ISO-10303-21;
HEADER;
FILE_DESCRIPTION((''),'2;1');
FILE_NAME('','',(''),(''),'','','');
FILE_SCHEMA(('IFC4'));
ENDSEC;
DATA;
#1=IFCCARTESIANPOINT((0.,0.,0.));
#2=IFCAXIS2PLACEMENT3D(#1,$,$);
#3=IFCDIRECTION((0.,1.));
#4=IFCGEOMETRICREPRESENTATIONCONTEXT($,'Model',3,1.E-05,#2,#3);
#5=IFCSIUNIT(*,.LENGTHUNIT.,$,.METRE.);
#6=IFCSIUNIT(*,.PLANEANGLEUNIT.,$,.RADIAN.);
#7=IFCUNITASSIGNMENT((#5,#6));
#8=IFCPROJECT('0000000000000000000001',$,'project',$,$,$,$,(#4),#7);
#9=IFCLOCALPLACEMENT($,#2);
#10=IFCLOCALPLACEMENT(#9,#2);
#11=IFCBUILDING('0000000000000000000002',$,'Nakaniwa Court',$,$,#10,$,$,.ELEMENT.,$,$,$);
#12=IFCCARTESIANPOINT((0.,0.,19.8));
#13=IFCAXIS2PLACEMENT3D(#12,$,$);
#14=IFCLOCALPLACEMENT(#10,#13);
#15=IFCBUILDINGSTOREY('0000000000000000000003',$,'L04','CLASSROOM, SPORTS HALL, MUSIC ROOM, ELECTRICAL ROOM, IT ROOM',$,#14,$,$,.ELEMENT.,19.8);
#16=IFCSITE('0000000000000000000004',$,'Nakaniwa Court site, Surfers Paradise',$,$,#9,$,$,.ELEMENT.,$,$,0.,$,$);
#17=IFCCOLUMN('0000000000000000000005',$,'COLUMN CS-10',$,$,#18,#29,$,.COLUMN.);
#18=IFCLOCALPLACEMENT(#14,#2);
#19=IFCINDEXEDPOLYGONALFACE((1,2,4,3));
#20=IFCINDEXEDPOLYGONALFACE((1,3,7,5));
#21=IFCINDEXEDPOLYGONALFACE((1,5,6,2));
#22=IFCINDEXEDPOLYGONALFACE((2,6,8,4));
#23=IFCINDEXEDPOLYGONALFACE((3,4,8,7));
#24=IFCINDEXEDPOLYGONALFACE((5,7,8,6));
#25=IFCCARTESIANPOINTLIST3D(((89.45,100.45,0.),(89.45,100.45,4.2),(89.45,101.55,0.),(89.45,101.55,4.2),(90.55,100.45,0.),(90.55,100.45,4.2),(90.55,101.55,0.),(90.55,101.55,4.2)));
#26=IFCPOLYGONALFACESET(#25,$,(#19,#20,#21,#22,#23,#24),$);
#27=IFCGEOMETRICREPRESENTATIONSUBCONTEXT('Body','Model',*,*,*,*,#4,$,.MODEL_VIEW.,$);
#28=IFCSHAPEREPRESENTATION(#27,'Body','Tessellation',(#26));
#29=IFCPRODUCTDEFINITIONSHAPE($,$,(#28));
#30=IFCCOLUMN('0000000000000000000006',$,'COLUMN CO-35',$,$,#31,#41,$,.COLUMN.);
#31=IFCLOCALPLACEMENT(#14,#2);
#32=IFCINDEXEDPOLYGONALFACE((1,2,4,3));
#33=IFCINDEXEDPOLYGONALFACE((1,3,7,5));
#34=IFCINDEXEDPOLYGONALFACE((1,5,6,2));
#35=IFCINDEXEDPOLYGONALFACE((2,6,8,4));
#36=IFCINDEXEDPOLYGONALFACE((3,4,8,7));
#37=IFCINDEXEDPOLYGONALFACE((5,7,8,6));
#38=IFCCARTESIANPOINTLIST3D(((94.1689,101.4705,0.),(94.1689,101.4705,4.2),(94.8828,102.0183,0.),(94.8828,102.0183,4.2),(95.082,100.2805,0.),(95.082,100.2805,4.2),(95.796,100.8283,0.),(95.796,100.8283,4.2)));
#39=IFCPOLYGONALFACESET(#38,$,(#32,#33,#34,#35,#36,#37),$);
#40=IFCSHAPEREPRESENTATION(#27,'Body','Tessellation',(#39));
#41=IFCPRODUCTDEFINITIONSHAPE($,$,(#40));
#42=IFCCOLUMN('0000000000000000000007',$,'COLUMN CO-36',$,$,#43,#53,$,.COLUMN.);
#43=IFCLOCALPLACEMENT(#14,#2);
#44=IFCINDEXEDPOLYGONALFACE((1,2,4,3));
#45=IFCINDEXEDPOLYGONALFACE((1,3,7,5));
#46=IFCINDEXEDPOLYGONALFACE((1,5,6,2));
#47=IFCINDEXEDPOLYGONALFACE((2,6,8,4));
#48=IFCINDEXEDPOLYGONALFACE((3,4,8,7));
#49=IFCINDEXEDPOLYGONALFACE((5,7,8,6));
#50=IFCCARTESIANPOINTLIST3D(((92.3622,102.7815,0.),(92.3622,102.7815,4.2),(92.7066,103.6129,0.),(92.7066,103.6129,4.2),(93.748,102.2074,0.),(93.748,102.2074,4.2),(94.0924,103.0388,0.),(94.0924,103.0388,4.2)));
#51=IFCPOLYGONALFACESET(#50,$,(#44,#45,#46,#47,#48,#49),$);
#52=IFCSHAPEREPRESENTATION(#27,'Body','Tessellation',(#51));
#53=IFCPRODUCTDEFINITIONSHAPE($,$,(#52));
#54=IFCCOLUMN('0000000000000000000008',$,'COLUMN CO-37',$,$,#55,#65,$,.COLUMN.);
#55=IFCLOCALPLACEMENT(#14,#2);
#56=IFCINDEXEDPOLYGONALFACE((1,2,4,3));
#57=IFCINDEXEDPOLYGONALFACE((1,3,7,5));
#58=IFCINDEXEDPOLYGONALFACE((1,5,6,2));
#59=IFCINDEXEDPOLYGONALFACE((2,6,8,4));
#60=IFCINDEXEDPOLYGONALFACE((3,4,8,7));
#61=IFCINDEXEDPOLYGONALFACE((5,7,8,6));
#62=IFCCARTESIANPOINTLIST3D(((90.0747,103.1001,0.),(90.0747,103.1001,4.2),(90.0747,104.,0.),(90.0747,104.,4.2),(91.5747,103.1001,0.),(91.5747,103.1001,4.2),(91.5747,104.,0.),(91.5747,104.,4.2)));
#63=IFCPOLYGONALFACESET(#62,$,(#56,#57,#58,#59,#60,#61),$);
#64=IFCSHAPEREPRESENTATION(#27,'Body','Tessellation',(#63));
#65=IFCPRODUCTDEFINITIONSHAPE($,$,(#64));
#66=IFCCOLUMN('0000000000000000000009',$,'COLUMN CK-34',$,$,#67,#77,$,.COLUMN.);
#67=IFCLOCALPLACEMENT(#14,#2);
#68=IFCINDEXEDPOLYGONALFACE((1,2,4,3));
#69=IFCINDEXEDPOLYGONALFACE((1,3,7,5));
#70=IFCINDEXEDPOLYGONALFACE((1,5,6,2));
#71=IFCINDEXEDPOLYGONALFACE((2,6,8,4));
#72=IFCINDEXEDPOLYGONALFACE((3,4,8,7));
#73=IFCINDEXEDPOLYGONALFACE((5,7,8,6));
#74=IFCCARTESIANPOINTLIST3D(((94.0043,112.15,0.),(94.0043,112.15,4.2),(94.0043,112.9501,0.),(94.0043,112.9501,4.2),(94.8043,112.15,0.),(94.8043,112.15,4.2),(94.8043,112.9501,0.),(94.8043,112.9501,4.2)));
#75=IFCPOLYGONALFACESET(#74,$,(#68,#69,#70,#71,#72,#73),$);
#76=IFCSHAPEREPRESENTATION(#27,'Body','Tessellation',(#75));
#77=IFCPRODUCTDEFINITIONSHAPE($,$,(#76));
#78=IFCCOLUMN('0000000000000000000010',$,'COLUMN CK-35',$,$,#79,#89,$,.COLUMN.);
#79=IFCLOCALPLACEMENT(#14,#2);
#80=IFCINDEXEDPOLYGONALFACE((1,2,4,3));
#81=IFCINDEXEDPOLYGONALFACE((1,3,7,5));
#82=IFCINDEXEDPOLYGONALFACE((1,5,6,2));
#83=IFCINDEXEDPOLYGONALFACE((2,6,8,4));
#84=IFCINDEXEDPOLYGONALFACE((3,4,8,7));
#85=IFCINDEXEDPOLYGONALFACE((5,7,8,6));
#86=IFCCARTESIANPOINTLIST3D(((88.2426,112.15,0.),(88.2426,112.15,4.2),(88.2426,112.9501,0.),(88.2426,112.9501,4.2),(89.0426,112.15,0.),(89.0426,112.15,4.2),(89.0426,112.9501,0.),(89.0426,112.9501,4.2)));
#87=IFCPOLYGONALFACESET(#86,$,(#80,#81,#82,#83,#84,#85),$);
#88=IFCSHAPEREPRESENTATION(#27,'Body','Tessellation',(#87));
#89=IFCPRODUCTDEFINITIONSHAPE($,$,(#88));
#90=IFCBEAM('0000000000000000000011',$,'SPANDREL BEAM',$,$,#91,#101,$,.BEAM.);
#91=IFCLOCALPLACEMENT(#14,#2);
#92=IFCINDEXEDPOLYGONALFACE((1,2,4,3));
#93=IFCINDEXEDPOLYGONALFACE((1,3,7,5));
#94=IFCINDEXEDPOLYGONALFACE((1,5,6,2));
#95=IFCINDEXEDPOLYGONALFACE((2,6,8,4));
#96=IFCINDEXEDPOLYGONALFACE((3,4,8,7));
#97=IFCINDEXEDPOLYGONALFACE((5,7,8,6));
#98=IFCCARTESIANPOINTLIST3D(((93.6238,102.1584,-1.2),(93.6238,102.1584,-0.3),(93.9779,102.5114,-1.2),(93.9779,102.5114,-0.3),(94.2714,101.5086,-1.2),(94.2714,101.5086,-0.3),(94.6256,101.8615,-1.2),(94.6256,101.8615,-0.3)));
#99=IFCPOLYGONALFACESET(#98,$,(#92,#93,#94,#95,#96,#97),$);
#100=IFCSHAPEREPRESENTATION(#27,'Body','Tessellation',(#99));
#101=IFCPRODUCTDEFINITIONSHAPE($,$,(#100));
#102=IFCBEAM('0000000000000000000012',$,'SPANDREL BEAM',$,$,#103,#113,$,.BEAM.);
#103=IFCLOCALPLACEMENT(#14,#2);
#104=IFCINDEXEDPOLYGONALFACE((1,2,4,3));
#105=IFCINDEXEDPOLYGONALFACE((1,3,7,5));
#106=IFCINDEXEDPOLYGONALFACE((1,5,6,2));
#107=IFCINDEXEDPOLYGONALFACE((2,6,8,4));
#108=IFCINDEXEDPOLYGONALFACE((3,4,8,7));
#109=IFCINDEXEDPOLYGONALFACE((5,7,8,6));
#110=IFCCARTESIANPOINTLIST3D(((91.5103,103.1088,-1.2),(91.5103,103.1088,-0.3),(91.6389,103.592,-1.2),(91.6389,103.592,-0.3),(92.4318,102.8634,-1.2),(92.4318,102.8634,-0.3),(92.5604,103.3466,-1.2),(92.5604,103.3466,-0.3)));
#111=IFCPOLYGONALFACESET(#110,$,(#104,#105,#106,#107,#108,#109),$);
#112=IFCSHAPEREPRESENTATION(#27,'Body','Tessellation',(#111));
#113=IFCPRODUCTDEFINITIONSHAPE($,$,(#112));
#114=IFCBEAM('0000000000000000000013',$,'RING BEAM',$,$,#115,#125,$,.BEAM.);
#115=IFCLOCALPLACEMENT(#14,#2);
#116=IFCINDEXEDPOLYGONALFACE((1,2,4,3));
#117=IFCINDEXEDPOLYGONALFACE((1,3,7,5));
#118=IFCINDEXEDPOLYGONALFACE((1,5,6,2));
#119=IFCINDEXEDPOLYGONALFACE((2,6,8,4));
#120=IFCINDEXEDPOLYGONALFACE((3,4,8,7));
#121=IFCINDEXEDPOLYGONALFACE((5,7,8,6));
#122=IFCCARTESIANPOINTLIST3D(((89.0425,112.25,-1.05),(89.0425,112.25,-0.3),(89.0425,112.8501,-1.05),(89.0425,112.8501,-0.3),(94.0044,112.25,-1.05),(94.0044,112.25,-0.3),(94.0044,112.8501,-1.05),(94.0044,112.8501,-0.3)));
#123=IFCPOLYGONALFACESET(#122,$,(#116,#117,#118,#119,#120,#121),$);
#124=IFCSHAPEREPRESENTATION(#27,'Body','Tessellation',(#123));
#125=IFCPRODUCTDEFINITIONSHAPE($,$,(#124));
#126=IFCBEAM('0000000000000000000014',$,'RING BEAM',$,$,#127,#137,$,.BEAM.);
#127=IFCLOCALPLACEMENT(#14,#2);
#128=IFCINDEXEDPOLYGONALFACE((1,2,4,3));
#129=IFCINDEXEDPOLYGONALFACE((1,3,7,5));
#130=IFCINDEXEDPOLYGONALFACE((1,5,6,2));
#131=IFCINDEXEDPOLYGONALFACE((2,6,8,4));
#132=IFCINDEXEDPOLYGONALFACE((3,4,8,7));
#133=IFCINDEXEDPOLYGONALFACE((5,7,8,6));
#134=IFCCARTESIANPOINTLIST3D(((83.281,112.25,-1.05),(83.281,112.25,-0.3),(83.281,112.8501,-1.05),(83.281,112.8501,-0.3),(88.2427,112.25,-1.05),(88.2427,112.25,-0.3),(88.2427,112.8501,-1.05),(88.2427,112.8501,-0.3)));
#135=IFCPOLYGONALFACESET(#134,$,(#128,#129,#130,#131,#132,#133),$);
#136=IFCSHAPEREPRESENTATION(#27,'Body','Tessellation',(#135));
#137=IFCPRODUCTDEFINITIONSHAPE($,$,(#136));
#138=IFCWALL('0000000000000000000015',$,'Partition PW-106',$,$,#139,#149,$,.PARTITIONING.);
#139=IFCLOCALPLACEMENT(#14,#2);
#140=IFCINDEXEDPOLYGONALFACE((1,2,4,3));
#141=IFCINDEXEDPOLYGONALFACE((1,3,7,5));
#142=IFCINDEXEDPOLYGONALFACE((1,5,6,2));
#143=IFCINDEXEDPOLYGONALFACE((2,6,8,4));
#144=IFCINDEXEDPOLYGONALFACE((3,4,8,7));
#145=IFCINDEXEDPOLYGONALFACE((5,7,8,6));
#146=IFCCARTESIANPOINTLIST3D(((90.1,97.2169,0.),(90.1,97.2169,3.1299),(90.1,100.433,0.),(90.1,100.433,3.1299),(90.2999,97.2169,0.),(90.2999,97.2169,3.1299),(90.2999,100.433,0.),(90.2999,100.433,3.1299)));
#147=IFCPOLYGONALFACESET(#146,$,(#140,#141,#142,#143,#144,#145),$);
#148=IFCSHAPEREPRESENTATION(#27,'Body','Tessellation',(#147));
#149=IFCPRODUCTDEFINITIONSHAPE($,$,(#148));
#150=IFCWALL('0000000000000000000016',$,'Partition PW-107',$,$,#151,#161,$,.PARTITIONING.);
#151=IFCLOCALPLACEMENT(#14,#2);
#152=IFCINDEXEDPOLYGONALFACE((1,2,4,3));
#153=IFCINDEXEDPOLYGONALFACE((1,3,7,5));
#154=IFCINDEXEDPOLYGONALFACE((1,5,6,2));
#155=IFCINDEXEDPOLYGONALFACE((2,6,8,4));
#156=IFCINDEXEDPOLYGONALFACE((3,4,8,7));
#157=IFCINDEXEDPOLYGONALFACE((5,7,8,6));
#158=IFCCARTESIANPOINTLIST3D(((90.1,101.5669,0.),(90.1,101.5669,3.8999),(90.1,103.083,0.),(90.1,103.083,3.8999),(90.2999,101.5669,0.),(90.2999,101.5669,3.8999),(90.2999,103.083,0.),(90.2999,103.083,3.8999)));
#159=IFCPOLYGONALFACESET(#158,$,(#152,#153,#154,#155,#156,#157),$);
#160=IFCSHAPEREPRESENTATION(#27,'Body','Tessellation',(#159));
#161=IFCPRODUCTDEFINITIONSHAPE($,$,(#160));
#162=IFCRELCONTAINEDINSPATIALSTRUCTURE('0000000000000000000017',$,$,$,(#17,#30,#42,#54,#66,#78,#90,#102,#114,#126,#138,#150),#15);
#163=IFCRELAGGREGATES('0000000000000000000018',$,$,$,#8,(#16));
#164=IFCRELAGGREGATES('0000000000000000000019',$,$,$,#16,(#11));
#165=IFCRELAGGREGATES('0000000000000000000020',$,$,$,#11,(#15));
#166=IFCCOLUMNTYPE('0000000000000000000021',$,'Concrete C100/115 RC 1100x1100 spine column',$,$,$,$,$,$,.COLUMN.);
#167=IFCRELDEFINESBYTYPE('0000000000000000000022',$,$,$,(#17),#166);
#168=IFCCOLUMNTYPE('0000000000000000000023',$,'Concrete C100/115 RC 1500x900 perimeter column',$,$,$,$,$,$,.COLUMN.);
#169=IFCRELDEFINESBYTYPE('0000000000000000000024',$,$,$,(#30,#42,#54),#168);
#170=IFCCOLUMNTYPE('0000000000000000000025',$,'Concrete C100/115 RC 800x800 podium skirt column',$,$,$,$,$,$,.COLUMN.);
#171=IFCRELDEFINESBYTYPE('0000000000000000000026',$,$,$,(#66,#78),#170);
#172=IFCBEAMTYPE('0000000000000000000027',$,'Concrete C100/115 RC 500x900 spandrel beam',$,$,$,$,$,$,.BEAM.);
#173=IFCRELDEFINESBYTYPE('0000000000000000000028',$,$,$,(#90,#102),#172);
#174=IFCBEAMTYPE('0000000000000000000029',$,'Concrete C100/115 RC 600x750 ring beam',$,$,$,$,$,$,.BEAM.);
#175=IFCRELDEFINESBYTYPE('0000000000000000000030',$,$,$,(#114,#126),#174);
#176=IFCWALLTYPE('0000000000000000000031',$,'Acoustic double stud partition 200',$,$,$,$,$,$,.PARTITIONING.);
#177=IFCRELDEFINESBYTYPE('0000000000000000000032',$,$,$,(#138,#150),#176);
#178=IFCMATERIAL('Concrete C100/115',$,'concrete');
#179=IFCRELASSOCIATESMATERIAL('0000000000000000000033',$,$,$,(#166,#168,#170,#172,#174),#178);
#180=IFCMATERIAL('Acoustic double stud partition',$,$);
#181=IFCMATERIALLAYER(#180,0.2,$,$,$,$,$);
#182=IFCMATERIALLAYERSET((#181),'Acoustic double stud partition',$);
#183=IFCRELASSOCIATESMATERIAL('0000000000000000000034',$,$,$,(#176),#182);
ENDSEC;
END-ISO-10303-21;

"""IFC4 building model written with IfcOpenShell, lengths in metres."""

from ifc_helpers import new_model, si_unit, direction, frame, frame_2d, origin, origin_2d, place, context, subcontext, project, spatial, rectangle, extrude, material, layer, layer_set, material_profile, profile_set, type_object, element, save


model = new_model("IFC4")

# Units and contexts
model_context = context("Model", 3, precision=1e-05, world=origin(), true_north=direction((0.0, 1.0)))
body_context = subcontext(model_context, "Body", "Model", "MODEL_VIEW")
ifc_project = project(units=[si_unit("LENGTHUNIT", "METRE"), si_unit("PLANEANGLEUNIT", "RADIAN")], contexts=[model_context])

# Site, building, storey
site_placement = place(None, origin())
site = spatial("IfcSite", under=ifc_project, at=site_placement, Name="Nakaniwa Court site, Surfers Paradise", CompositionType="ELEMENT", RefElevation=0.0)
building_placement = place(site_placement, origin())
building = spatial("IfcBuilding", under=site, at=building_placement, Name="Nakaniwa Court", CompositionType="ELEMENT")
storey_placement = place(building_placement, frame((0.0, 0.0, 19.8)))
storey = spatial("IfcBuildingStorey", under=building, at=storey_placement, Name="L04", Description="CLASSROOM, SPORTS HALL, MUSIC ROOM, ELECTRICAL ROOM, IT ROOM", CompositionType="ELEMENT", Elevation=19.8)

# Columns
ifc_material_1 = material(Name="Concrete C100/115", Category="concrete")
ifc_material_profile_1 = material_profile(ifc_material_1, rectangle(XDim=1.1001, YDim=1.1001, at=origin_2d()), Name="Concrete C100/115 RC 1100x1100 spine column")
ifc_profile_set_1 = profile_set([ifc_material_profile_1], Name="Concrete C100/115")
column_type_1 = type_object("IfcColumnType", Name="Concrete C100/115 RC 1100x1100 spine column", PredefinedType="COLUMN", material=ifc_profile_set_1)
column_placement = place(storey_placement, frame((90.0, 101.0, 0.0), z_axis=(0.0, 0.0, 1.0), x_axis=(0.0, 1.0, 0.0)))
element("IfcColumn", 1, at=column_placement, inside=storey, type_object=column_type_1, Name="COLUMN CS-10", PredefinedType="COLUMN", context=body_context, shape_type="SweptSolid", body=[
    extrude(rectangle(XDim=1.1001, YDim=1.1001, at=origin_2d()), origin(), (0.0, 0.0, 1.0), 4.2),
])
ifc_material_profile_2 = material_profile(ifc_material_1, rectangle(XDim=1.5, YDim=0.8999, at=origin_2d()), Name="Concrete C100/115 RC 1500x900 perimeter column")
ifc_profile_set_2 = profile_set([ifc_material_profile_2], Name="Concrete C100/115")
column_type_2 = type_object("IfcColumnType", Name="Concrete C100/115 RC 1500x900 perimeter column", PredefinedType="COLUMN", material=ifc_profile_set_2)
for number, where, z_axis, x_axis, name in (
    (2, (94.9824, 101.1494, 0.0), (0.0, 0.0, 1.0), (-0.608761, 0.793353, 0.0), "COLUMN CO-35"),
    (3, (93.2273, 102.9102, 0.0), (0.0, 0.0, 1.0), (-0.92388, 0.382683, 0.0), "COLUMN CO-36"),
    (4, (90.8247, 103.55, 0.0), (0.0, 0.0, 1.0), (-1.0, 0.0, 0.0), "COLUMN CO-37"),
):
    element("IfcColumn", number, at=place(storey_placement, frame(where, z_axis=z_axis, x_axis=x_axis)), inside=storey, type_object=column_type_2, Name=name, PredefinedType="COLUMN", context=body_context, shape_type="SweptSolid", body=[
        extrude(rectangle(XDim=1.5, YDim=0.8999, at=origin_2d()), origin(), (0.0, 0.0, 1.0), 4.2),
    ])
ifc_material_profile_3 = material_profile(ifc_material_1, rectangle(XDim=0.8, YDim=0.8, at=origin_2d()), Name="Concrete C100/115 RC 800x800 podium skirt column")
ifc_profile_set_3 = profile_set([ifc_material_profile_3], Name="Concrete C100/115")
column_type_3 = type_object("IfcColumnType", Name="Concrete C100/115 RC 800x800 podium skirt column", PredefinedType="COLUMN", material=ifc_profile_set_3)
for number, where, z_axis, x_axis, name in (
    (5, (94.4043, 112.55, 0.0), (0.0, 0.0, 1.0), (-1.0, 0.0, 0.0), "COLUMN CK-34"),
    (6, (88.6426, 112.55, 0.0), (0.0, 0.0, 1.0), (-1.0, 0.0, 0.0), "COLUMN CK-35"),
):
    element("IfcColumn", number, at=place(storey_placement, frame(where, z_axis=z_axis, x_axis=x_axis)), inside=storey, type_object=column_type_3, Name=name, PredefinedType="COLUMN", context=body_context, shape_type="SweptSolid", body=[
        extrude(rectangle(XDim=0.8, YDim=0.8, at=origin_2d()), origin(), (0.0, 0.0, 1.0), 4.2),
    ])

# Beams
ifc_material_profile_4 = material_profile(ifc_material_1, rectangle(XDim=0.5, YDim=0.8999, at=origin_2d()), Name="Concrete C100/115 RC 500x900 spandrel beam")
ifc_profile_set_4 = profile_set([ifc_material_profile_4], Name="Concrete C100/115")
beam_type_1 = type_object("IfcBeamType", Name="Concrete C100/115 RC 500x900 spandrel beam", PredefinedType="BEAM", material=ifc_profile_set_4)
beam_1_placement = place(storey_placement, frame((94.4485, 101.6851, -0.75), z_axis=(-0.705908, 0.708303, 0.0), x_axis=(-0.708303, -0.705908, 0.0)))
element("IfcBeam", 7, at=beam_1_placement, inside=storey, type_object=beam_type_1, Name="SPANDREL BEAM", PredefinedType="BEAM", context=body_context, shape_type="SweptSolid", body=[
    extrude(rectangle(XDim=0.5, YDim=0.8999, at=origin_2d()), origin(), (0.0, 0.0, 1.0), 0.9175),
])
beam_2_placement = place(storey_placement, frame((92.4961, 103.105, -0.75), z_axis=(-0.966324, 0.257328, 0.0), x_axis=(-0.257328, -0.966324, 0.0)))
element("IfcBeam", 8, at=beam_2_placement, inside=storey, type_object=beam_type_1, Name="SPANDREL BEAM", PredefinedType="BEAM", context=body_context, shape_type="SweptSolid", body=[
    extrude(rectangle(XDim=0.5, YDim=0.8999, at=origin_2d()), origin(), (0.0, 0.0, 1.0), 0.9536),
])
ifc_material_profile_5 = material_profile(ifc_material_1, rectangle(XDim=0.6001, YDim=0.75, at=origin_2d()), Name="Concrete C100/115 RC 600x750 ring beam")
ifc_profile_set_5 = profile_set([ifc_material_profile_5], Name="Concrete C100/115")
beam_type_2 = type_object("IfcBeamType", Name="Concrete C100/115 RC 600x750 ring beam", PredefinedType="BEAM", material=ifc_profile_set_5)
beam_3_placement = place(storey_placement, frame((94.0044, 112.55, -0.675), z_axis=(-1.0, 0.0, 0.0), x_axis=(0.0, -1.0, 0.0)))
element("IfcBeam", 9, at=beam_3_placement, inside=storey, type_object=beam_type_2, Name="RING BEAM", PredefinedType="BEAM", context=body_context, shape_type="SweptSolid", body=[
    extrude(rectangle(XDim=0.6001, YDim=0.75, at=origin_2d()), origin(), (0.0, 0.0, 1.0), 4.9619),
])
beam_4_placement = place(storey_placement, frame((88.2427, 112.55, -0.675), z_axis=(-1.0, 0.0, 0.0), x_axis=(0.0, -1.0, 0.0)))
element("IfcBeam", 10, at=beam_4_placement, inside=storey, type_object=beam_type_2, Name="RING BEAM", PredefinedType="BEAM", context=body_context, shape_type="SweptSolid", body=[
    extrude(rectangle(XDim=0.6001, YDim=0.75, at=origin_2d()), origin(), (0.0, 0.0, 1.0), 4.9617),
])

# Walls
ifc_material_2 = material(Name="Acoustic double stud partition")
ifc_layer_1 = layer(ifc_material_2, 0.2)
ifc_layer_set_1 = layer_set([ifc_layer_1], Name="Acoustic double stud partition")
wall_type_1 = type_object("IfcWallType", Name="Acoustic double stud partition 200", PredefinedType="PARTITIONING", material=ifc_layer_set_1)
wall_1_placement = place(storey_placement, frame((90.2, 97.217, 0.0), z_axis=(0.0, 0.0, 1.0), x_axis=(0.0, 1.0, 0.0)))
element("IfcWall", 11, at=wall_1_placement, inside=storey, type_object=wall_type_1, Name="Partition PW-106", PredefinedType="PARTITIONING", context=body_context, shape_type="SweptSolid", body=[
    extrude(rectangle(XDim=3.2161, YDim=0.2, at=frame_2d((1.6079, 0.0))), origin(), (0.0, 0.0, 1.0), 3.1299),
])
wall_2_placement = place(storey_placement, frame((90.2, 101.5669, 0.0), z_axis=(0.0, 0.0, 1.0), x_axis=(0.0, 1.0, 0.0)))
element("IfcWall", 12, at=wall_2_placement, inside=storey, type_object=wall_type_1, Name="Partition PW-107", PredefinedType="PARTITIONING", context=body_context, shape_type="SweptSolid", body=[
    extrude(rectangle(XDim=1.5161, YDim=0.2, at=frame_2d((0.7581, 0.0))), origin(), (0.0, 0.0, 1.0), 3.8999),
])

save(model, "model.ifc")
